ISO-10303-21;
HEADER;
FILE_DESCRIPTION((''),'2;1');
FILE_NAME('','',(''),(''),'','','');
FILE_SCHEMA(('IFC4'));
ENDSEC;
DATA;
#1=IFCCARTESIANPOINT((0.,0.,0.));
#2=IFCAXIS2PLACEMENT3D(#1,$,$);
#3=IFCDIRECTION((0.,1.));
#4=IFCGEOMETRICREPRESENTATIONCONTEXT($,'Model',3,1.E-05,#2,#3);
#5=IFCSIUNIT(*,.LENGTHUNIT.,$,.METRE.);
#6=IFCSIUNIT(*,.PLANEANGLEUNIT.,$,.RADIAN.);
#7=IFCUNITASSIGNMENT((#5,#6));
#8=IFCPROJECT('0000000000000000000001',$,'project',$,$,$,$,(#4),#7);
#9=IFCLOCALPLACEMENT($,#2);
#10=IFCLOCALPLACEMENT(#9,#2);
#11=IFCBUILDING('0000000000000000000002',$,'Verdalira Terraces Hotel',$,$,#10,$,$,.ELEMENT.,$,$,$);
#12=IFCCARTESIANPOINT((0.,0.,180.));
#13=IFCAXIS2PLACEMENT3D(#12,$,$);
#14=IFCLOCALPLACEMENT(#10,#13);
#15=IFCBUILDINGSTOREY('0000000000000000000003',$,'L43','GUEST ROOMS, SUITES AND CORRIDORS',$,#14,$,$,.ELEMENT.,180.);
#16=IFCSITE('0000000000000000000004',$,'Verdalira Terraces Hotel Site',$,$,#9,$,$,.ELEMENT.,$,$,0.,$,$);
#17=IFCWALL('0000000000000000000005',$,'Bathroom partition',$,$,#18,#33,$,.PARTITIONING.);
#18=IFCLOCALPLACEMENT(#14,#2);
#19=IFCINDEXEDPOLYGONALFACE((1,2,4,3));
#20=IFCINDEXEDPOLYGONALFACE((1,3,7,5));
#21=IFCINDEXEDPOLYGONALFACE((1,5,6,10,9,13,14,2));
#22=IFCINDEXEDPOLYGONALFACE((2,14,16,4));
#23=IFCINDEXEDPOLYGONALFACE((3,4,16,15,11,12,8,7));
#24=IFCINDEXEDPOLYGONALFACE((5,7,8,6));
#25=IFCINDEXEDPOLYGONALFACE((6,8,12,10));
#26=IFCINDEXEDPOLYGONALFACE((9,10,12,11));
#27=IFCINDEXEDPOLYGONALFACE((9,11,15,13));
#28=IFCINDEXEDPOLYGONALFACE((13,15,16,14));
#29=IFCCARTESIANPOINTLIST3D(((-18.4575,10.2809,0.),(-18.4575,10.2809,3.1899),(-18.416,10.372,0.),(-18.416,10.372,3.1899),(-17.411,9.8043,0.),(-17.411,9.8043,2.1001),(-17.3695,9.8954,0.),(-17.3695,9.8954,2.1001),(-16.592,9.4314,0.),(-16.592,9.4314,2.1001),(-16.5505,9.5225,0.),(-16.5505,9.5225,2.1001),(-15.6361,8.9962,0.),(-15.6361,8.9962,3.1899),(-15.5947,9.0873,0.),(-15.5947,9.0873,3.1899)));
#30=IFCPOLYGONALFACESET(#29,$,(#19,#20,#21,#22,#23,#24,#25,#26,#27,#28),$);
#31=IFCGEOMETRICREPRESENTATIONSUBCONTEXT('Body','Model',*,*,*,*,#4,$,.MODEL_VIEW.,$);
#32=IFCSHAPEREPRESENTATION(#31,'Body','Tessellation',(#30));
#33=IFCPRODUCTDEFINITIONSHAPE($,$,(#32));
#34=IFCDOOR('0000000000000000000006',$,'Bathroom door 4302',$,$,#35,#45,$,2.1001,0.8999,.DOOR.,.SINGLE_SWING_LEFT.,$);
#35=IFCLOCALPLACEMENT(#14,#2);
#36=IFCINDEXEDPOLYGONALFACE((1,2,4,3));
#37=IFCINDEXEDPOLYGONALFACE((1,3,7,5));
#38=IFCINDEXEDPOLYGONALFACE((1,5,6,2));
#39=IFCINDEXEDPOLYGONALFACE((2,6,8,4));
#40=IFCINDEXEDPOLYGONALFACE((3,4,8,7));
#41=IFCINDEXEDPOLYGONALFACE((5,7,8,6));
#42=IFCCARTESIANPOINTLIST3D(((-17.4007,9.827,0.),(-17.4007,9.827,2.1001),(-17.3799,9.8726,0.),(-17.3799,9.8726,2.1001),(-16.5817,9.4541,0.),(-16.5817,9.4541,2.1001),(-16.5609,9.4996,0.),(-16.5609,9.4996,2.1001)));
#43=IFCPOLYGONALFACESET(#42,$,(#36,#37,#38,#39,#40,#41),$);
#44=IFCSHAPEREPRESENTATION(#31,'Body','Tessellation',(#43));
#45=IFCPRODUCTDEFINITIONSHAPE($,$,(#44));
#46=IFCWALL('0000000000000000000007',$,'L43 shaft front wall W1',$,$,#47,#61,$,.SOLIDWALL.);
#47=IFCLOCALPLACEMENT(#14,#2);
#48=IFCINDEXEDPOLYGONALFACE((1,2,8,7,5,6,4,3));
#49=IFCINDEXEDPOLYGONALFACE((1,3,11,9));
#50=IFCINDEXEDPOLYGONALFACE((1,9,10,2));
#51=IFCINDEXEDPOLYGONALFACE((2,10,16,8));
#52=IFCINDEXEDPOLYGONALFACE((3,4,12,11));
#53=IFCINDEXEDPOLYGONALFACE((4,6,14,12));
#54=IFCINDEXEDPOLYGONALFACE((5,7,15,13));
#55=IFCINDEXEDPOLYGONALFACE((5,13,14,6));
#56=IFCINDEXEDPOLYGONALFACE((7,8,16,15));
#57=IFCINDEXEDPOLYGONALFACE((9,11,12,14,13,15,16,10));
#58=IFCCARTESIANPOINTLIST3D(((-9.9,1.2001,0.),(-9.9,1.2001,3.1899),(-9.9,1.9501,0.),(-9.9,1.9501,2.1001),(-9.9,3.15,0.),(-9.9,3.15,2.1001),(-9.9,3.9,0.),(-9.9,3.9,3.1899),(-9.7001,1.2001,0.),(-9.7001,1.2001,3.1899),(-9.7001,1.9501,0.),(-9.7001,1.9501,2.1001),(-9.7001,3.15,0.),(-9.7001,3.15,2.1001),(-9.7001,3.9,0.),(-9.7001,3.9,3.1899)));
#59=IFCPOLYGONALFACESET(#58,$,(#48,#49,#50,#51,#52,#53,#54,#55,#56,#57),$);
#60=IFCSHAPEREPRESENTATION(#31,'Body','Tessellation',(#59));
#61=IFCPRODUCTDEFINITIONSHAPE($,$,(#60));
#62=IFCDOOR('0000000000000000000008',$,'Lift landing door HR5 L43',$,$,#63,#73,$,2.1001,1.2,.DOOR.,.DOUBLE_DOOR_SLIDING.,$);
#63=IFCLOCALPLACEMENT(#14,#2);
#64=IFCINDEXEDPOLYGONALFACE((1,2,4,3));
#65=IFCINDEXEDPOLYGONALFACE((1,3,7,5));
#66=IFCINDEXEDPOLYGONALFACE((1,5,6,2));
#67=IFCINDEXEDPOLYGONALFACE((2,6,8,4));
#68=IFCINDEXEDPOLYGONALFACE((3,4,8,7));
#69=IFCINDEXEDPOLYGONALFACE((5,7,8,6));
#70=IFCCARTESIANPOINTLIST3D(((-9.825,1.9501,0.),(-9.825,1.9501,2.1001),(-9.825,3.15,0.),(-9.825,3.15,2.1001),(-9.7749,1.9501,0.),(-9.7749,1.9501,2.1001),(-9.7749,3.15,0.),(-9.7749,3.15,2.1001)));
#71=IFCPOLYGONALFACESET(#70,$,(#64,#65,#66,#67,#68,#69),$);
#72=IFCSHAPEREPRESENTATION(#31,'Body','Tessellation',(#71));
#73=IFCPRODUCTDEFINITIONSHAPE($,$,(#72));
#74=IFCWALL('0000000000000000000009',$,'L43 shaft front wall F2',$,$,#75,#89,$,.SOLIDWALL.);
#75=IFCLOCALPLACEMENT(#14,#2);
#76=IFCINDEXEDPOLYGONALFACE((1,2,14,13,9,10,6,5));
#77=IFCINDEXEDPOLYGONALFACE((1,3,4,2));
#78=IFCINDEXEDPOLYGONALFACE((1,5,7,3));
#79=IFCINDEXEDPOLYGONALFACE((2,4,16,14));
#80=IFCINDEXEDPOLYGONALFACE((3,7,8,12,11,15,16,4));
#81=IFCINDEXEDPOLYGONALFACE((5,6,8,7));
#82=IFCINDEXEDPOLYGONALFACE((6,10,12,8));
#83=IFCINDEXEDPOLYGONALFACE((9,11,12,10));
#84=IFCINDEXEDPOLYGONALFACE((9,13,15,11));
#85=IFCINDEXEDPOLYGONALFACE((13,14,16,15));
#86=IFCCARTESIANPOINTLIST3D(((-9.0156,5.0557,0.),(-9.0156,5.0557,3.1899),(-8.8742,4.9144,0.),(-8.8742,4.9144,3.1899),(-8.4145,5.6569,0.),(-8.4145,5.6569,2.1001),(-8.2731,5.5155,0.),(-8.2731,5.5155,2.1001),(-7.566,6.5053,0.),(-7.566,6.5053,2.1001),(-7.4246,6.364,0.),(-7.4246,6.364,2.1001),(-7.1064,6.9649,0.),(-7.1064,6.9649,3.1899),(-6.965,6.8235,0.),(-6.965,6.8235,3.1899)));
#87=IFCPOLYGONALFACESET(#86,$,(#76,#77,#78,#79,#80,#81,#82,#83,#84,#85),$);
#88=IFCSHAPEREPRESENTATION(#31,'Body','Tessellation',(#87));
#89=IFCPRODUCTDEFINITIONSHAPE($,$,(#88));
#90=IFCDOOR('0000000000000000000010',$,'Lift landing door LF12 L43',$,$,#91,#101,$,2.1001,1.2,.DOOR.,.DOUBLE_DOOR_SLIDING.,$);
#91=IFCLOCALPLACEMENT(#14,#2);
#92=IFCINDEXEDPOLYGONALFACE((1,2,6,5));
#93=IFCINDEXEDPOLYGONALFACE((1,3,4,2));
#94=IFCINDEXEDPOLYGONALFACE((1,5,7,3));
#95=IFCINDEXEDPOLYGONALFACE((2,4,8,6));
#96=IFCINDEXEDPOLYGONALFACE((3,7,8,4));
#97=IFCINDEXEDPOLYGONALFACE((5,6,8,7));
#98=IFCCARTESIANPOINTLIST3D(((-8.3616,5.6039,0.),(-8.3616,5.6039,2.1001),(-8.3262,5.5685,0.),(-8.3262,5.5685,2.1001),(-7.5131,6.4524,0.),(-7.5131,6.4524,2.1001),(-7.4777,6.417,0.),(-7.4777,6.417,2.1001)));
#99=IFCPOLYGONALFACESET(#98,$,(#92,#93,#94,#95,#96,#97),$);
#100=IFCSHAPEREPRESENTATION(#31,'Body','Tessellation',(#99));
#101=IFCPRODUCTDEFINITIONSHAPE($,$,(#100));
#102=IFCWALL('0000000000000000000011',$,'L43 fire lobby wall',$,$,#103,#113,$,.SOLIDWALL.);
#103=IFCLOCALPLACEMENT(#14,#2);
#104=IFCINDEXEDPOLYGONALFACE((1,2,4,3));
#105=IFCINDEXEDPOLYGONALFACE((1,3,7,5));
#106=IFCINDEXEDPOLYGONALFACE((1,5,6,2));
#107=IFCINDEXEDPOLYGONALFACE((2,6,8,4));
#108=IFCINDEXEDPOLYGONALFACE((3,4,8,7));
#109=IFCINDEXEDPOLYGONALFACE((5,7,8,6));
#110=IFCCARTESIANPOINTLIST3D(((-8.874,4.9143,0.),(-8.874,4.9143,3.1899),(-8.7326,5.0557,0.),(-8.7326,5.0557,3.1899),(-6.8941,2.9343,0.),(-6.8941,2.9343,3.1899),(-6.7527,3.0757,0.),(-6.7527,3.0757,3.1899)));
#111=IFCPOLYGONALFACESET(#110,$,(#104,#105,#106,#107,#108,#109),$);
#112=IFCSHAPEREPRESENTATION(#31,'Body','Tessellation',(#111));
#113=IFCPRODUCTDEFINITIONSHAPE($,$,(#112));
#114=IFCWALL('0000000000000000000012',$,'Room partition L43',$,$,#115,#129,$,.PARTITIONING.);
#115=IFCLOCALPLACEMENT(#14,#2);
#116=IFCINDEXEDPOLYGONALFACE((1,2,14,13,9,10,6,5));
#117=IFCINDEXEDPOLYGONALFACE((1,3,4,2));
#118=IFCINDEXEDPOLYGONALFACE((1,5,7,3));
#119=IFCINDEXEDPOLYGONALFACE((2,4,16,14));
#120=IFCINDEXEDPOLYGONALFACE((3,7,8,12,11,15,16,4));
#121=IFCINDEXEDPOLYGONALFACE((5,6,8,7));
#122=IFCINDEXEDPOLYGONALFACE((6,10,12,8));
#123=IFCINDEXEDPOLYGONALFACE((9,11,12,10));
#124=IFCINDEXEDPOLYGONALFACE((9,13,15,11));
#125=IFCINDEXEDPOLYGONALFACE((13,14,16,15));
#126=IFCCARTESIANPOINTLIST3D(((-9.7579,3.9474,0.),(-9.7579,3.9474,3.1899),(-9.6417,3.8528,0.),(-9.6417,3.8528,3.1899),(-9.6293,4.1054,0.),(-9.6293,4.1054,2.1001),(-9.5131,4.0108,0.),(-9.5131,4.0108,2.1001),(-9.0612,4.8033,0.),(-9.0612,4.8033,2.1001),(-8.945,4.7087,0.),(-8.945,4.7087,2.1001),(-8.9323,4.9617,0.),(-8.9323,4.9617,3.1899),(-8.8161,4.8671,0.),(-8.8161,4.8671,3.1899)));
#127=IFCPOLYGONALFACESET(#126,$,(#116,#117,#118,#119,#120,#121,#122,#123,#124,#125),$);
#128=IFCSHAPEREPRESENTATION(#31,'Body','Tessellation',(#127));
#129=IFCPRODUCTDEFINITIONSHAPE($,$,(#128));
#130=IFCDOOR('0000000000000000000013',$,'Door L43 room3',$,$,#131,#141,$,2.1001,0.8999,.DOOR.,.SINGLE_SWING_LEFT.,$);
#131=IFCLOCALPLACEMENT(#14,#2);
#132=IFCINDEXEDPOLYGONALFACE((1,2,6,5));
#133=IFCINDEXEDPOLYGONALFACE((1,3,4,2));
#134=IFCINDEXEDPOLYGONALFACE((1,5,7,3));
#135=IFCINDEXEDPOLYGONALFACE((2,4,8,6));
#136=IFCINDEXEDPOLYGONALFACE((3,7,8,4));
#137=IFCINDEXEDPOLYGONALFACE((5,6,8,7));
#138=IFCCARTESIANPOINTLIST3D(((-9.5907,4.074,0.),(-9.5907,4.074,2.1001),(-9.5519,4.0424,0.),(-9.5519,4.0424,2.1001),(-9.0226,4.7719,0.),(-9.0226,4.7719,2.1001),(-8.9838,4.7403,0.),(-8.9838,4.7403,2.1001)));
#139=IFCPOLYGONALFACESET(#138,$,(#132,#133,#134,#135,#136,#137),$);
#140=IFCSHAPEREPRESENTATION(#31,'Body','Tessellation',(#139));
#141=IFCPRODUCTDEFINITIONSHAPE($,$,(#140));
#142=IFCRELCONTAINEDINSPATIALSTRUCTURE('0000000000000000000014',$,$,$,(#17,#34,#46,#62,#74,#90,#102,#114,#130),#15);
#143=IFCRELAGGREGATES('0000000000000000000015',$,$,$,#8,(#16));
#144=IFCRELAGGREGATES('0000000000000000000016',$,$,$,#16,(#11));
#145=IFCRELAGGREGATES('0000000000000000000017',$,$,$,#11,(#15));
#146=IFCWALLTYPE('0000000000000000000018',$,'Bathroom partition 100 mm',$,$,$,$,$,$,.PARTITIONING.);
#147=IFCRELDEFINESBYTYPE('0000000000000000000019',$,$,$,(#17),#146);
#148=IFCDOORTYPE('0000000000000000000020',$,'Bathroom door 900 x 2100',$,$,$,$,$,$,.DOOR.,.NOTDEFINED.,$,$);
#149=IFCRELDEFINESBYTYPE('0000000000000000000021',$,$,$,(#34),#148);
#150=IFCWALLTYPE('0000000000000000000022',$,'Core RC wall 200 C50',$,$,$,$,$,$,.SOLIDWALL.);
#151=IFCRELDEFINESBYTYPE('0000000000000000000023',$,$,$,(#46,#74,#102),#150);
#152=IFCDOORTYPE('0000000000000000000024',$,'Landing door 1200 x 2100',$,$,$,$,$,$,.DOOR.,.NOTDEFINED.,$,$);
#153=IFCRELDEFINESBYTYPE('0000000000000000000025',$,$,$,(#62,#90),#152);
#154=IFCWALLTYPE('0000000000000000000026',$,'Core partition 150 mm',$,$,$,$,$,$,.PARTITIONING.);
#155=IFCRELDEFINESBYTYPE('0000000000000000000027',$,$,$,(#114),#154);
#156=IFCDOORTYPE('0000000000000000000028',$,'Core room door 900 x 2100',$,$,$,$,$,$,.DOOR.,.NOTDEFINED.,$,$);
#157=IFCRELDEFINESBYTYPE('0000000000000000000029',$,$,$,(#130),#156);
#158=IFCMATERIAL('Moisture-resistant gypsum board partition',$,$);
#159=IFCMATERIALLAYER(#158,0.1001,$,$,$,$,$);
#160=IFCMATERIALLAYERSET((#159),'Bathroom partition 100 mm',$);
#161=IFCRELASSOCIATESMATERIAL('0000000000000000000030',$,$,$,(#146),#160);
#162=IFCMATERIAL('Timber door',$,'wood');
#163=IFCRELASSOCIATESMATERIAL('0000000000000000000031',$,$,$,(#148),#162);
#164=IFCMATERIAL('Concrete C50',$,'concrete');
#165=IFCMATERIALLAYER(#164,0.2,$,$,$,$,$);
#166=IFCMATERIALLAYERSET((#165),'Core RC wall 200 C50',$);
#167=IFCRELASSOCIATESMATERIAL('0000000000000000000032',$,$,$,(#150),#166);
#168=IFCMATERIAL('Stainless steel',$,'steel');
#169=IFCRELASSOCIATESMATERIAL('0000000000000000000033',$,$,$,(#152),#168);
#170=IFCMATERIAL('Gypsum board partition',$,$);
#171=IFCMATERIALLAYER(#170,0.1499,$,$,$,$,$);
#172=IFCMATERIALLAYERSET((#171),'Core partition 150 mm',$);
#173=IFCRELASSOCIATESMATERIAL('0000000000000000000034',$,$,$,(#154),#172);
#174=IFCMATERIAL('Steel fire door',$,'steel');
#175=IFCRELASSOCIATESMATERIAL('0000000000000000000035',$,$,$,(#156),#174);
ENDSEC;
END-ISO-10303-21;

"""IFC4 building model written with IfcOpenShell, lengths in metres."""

from ifc_helpers import new_model, si_unit, direction, frame, frame_2d, origin, place, context, subcontext, project, spatial, rectangle, extrude, material, layer, layer_set, type_object, element, fill, save


model = new_model("IFC4")

# Units and contexts
model_context = context("Model", 3, precision=1e-05, world=origin(), true_north=direction((0.0, 1.0)))
body_context = subcontext(model_context, "Body", "Model", "MODEL_VIEW")
ifc_project = project(units=[si_unit("LENGTHUNIT", "METRE"), si_unit("PLANEANGLEUNIT", "RADIAN")], contexts=[model_context])

# Site, building, storey
site_placement = place(None, origin())
site = spatial("IfcSite", under=ifc_project, at=site_placement, Name="Verdalira Terraces Hotel Site", CompositionType="ELEMENT", RefElevation=0.0)
building_placement = place(site_placement, origin())
building = spatial("IfcBuilding", under=site, at=building_placement, Name="Verdalira Terraces Hotel", CompositionType="ELEMENT")
storey_placement = place(building_placement, frame((0.0, 0.0, 180.0)))
storey = spatial("IfcBuildingStorey", under=building, at=storey_placement, Name="L43", Description="GUEST ROOMS, SUITES AND CORRIDORS", CompositionType="ELEMENT", Elevation=180.0)

# Shared definitions
ifc_material_1 = material(Name="Moisture-resistant gypsum board partition")
ifc_layer_1 = layer(ifc_material_1, 0.1001)
ifc_layer_set_1 = layer_set([ifc_layer_1], Name="Bathroom partition 100 mm")
wall_type_1 = type_object("IfcWallType", Name="Bathroom partition 100 mm", PredefinedType="PARTITIONING", material=ifc_layer_set_1)

# Walls, openings, doors
wall_1_placement = place(storey_placement, frame((-18.4368, 10.3264, 0.0), z_axis=(0.0, 0.0, 1.0), x_axis=(0.910091, -0.414408, 0.0)))
wall_1 = element("IfcWall", 1, at=wall_1_placement, inside=storey, type_object=wall_type_1, Name="Bathroom partition", PredefinedType="PARTITIONING", context=body_context, shape_type="SweptSolid", body=[
    extrude(rectangle(XDim=3.1001, YDim=0.1001, at=frame_2d((1.55, 0.0))), origin(), (0.0, 0.0, 1.0), 3.1899),
])
opening_1_placement = place(wall_1_placement, frame((1.1499, 0.0, 0.0)))
opening_1 = element("IfcOpeningElement", 2, at=opening_1_placement, cuts=wall_1, PredefinedType="OPENING", context=body_context, shape_type="SweptSolid", body=[
    extrude(rectangle(XDim=0.8999, YDim=2.1001, at=frame_2d((0.45, 1.05))), frame((0.0, 0.0601, 0.0), z_axis=(0.0, -1.0, 0.0), x_axis=(1.0, 0.0, 0.0)), (0.0, 0.0, 1.0), 0.1201),
])
ifc_material_2 = material(Name="Timber door", Category="wood")
door_type_1 = type_object("IfcDoorType", Name="Bathroom door 900 x 2100", OperationType="NOTDEFINED", PredefinedType="DOOR", material=ifc_material_2)
door_1_placement = place(opening_1_placement, origin())
door_1 = element("IfcDoor", 3, at=door_1_placement, inside=storey, type_object=door_type_1, Name="Bathroom door 4302", OperationType="SINGLE_SWING_LEFT", OverallHeight=2.1001, OverallWidth=0.8999, PredefinedType="DOOR", context=body_context, shape_type="SweptSolid", body=[
    extrude(rectangle(XDim=0.8999, YDim=2.1001, at=frame_2d((0.45, 1.05))), frame((0.0, 0.0249, 0.0), z_axis=(0.0, -1.0, 0.0), x_axis=(1.0, 0.0, 0.0)), (0.0, 0.0, 1.0), 0.05),
])
fill(opening_1, door_1)
ifc_material_3 = material(Name="Concrete C50", Category="concrete")
ifc_layer_2 = layer(ifc_material_3, 0.2)
ifc_layer_set_2 = layer_set([ifc_layer_2], Name="Core RC wall 200 C50")
wall_type_2 = type_object("IfcWallType", Name="Core RC wall 200 C50", PredefinedType="SOLIDWALL", material=ifc_layer_set_2)
wall_2_placement = place(storey_placement, frame((-9.8, 1.2, 0.0), z_axis=(0.0, 0.0, 1.0), x_axis=(0.0, 1.0, 0.0)))
wall_2 = element("IfcWall", 4, at=wall_2_placement, inside=storey, type_object=wall_type_2, Name="L43 shaft front wall W1", PredefinedType="SOLIDWALL", context=body_context, shape_type="SweptSolid", body=[
    extrude(rectangle(XDim=2.7, YDim=0.2, at=frame_2d((1.3501, 0.0))), origin(), (0.0, 0.0, 1.0), 3.1899),
])
opening_2_placement = place(wall_2_placement, frame((0.75, 0.0, 0.0)))
opening_2 = element("IfcOpeningElement", 5, at=opening_2_placement, cuts=wall_2, PredefinedType="OPENING", context=body_context, shape_type="SweptSolid", body=[
    extrude(rectangle(XDim=1.2, YDim=2.1001, at=frame_2d((0.6001, 1.05))), frame((0.0, 0.1099, 0.0), z_axis=(0.0, -1.0, 0.0), x_axis=(1.0, 0.0, 0.0)), (0.0, 0.0, 1.0), 0.22),
])
ifc_material_4 = material(Name="Stainless steel", Category="steel")
door_type_2 = type_object("IfcDoorType", Name="Landing door 1200 x 2100", OperationType="NOTDEFINED", PredefinedType="DOOR", material=ifc_material_4)
door_2_placement = place(opening_2_placement, origin())
door_2 = element("IfcDoor", 6, at=door_2_placement, inside=storey, type_object=door_type_2, Name="Lift landing door HR5 L43", OperationType="DOUBLE_DOOR_SLIDING", OverallHeight=2.1001, OverallWidth=1.2, PredefinedType="DOOR", context=body_context, shape_type="SweptSolid", body=[
    extrude(rectangle(XDim=1.2, YDim=2.1001, at=frame_2d((0.6001, 1.05))), frame((0.0, 0.0249, 0.0), z_axis=(0.0, -1.0, 0.0), x_axis=(1.0, 0.0, 0.0)), (0.0, 0.0, 1.0), 0.05),
])
fill(opening_2, door_2)
wall_3_placement = place(storey_placement, frame((-7.0356, 6.8943, 0.0), z_axis=(0.0, 0.0, 1.0), x_axis=(-0.707107, -0.707107, 0.0)))
wall_3 = element("IfcWall", 7, at=wall_3_placement, inside=storey, type_object=wall_type_2, Name="L43 shaft front wall F2", PredefinedType="SOLIDWALL", context=body_context, shape_type="SweptSolid", body=[
    extrude(rectangle(XDim=2.7, YDim=0.2, at=frame_2d((1.3501, 0.0))), origin(), (0.0, 0.0, 1.0), 3.1899),
])
opening_3_placement = place(wall_3_placement, frame((0.6499, 0.0, 0.0)))
opening_3 = element("IfcOpeningElement", 8, at=opening_3_placement, cuts=wall_3, PredefinedType="OPENING", context=body_context, shape_type="SweptSolid", body=[
    extrude(rectangle(XDim=1.2, YDim=2.1001, at=frame_2d((0.6001, 1.05))), frame((0.0, 0.1099, 0.0), z_axis=(0.0, -1.0, 0.0), x_axis=(1.0, 0.0, 0.0)), (0.0, 0.0, 1.0), 0.22),
])
door_3_placement = place(opening_3_placement, origin())
door_3 = element("IfcDoor", 9, at=door_3_placement, inside=storey, type_object=door_type_2, Name="Lift landing door LF12 L43", OperationType="DOUBLE_DOOR_SLIDING", OverallHeight=2.1001, OverallWidth=1.2, PredefinedType="DOOR", context=body_context, shape_type="SweptSolid", body=[
    extrude(rectangle(XDim=1.2, YDim=2.1001, at=frame_2d((0.6001, 1.05))), frame((0.0, 0.0249, 0.0), z_axis=(0.0, -1.0, 0.0), x_axis=(1.0, 0.0, 0.0)), (0.0, 0.0, 1.0), 0.05),
])
fill(opening_3, door_3)

# Wall
wall_4_placement = place(storey_placement, frame((-6.8235, 3.0051, 0.0), z_axis=(0.0, 0.0, 1.0), x_axis=(-0.707107, 0.707107, 0.0)))
element("IfcWall", 10, at=wall_4_placement, inside=storey, type_object=wall_type_2, Name="L43 fire lobby wall", PredefinedType="SOLIDWALL", context=body_context, shape_type="SweptSolid", body=[
    extrude(rectangle(XDim=2.8, YDim=0.2, at=frame_2d((1.3999, 0.0))), origin(), (0.0, 0.0, 1.0), 3.1899),
])

# Wall, opening, door
ifc_material_5 = material(Name="Gypsum board partition")
ifc_layer_3 = layer(ifc_material_5, 0.1499)
ifc_layer_set_3 = layer_set([ifc_layer_3], Name="Core partition 150 mm")
wall_type_3 = type_object("IfcWallType", Name="Core partition 150 mm", PredefinedType="PARTITIONING", material=ifc_layer_set_3)
wall_5_placement = place(storey_placement, frame((-8.8743, 4.9143, 0.0), z_axis=(0.0, 0.0, 1.0), x_axis=(-0.631274, -0.77556, 0.0)))
wall_5 = element("IfcWall", 11, at=wall_5_placement, inside=storey, type_object=wall_type_3, Name="Room partition L43", PredefinedType="PARTITIONING", context=body_context, shape_type="SweptSolid", body=[
    extrude(rectangle(XDim=1.3079, YDim=0.1499, at=frame_2d((0.6538, 0.0))), origin(), (0.0, 0.0, 1.0), 3.1899),
])
opening_4_placement = place(wall_5_placement, frame((0.2041, 0.0, 0.0)))
opening_4 = element("IfcOpeningElement", 12, at=opening_4_placement, cuts=wall_5, PredefinedType="OPENING", context=body_context, shape_type="SweptSolid", body=[
    extrude(rectangle(XDim=0.8999, YDim=2.1001, at=frame_2d((0.45, 1.05))), frame((0.0, 0.085, 0.0), z_axis=(0.0, -1.0, 0.0), x_axis=(1.0, 0.0, 0.0)), (0.0, 0.0, 1.0), 0.1699),
])
ifc_material_6 = material(Name="Steel fire door", Category="steel")
door_type_3 = type_object("IfcDoorType", Name="Core room door 900 x 2100", OperationType="NOTDEFINED", PredefinedType="DOOR", material=ifc_material_6)
door_4_placement = place(opening_4_placement, origin())
door_4 = element("IfcDoor", 13, at=door_4_placement, inside=storey, type_object=door_type_3, Name="Door L43 room3", OperationType="SINGLE_SWING_LEFT", OverallHeight=2.1001, OverallWidth=0.8999, PredefinedType="DOOR", context=body_context, shape_type="SweptSolid", body=[
    extrude(rectangle(XDim=0.8999, YDim=2.1001, at=frame_2d((0.45, 1.05))), frame((0.0, 0.0249, 0.0), z_axis=(0.0, -1.0, 0.0), x_axis=(1.0, 0.0, 0.0)), (0.0, 0.0, 1.0), 0.05),
])
fill(opening_4, door_4)

save(model, "model.ifc")
